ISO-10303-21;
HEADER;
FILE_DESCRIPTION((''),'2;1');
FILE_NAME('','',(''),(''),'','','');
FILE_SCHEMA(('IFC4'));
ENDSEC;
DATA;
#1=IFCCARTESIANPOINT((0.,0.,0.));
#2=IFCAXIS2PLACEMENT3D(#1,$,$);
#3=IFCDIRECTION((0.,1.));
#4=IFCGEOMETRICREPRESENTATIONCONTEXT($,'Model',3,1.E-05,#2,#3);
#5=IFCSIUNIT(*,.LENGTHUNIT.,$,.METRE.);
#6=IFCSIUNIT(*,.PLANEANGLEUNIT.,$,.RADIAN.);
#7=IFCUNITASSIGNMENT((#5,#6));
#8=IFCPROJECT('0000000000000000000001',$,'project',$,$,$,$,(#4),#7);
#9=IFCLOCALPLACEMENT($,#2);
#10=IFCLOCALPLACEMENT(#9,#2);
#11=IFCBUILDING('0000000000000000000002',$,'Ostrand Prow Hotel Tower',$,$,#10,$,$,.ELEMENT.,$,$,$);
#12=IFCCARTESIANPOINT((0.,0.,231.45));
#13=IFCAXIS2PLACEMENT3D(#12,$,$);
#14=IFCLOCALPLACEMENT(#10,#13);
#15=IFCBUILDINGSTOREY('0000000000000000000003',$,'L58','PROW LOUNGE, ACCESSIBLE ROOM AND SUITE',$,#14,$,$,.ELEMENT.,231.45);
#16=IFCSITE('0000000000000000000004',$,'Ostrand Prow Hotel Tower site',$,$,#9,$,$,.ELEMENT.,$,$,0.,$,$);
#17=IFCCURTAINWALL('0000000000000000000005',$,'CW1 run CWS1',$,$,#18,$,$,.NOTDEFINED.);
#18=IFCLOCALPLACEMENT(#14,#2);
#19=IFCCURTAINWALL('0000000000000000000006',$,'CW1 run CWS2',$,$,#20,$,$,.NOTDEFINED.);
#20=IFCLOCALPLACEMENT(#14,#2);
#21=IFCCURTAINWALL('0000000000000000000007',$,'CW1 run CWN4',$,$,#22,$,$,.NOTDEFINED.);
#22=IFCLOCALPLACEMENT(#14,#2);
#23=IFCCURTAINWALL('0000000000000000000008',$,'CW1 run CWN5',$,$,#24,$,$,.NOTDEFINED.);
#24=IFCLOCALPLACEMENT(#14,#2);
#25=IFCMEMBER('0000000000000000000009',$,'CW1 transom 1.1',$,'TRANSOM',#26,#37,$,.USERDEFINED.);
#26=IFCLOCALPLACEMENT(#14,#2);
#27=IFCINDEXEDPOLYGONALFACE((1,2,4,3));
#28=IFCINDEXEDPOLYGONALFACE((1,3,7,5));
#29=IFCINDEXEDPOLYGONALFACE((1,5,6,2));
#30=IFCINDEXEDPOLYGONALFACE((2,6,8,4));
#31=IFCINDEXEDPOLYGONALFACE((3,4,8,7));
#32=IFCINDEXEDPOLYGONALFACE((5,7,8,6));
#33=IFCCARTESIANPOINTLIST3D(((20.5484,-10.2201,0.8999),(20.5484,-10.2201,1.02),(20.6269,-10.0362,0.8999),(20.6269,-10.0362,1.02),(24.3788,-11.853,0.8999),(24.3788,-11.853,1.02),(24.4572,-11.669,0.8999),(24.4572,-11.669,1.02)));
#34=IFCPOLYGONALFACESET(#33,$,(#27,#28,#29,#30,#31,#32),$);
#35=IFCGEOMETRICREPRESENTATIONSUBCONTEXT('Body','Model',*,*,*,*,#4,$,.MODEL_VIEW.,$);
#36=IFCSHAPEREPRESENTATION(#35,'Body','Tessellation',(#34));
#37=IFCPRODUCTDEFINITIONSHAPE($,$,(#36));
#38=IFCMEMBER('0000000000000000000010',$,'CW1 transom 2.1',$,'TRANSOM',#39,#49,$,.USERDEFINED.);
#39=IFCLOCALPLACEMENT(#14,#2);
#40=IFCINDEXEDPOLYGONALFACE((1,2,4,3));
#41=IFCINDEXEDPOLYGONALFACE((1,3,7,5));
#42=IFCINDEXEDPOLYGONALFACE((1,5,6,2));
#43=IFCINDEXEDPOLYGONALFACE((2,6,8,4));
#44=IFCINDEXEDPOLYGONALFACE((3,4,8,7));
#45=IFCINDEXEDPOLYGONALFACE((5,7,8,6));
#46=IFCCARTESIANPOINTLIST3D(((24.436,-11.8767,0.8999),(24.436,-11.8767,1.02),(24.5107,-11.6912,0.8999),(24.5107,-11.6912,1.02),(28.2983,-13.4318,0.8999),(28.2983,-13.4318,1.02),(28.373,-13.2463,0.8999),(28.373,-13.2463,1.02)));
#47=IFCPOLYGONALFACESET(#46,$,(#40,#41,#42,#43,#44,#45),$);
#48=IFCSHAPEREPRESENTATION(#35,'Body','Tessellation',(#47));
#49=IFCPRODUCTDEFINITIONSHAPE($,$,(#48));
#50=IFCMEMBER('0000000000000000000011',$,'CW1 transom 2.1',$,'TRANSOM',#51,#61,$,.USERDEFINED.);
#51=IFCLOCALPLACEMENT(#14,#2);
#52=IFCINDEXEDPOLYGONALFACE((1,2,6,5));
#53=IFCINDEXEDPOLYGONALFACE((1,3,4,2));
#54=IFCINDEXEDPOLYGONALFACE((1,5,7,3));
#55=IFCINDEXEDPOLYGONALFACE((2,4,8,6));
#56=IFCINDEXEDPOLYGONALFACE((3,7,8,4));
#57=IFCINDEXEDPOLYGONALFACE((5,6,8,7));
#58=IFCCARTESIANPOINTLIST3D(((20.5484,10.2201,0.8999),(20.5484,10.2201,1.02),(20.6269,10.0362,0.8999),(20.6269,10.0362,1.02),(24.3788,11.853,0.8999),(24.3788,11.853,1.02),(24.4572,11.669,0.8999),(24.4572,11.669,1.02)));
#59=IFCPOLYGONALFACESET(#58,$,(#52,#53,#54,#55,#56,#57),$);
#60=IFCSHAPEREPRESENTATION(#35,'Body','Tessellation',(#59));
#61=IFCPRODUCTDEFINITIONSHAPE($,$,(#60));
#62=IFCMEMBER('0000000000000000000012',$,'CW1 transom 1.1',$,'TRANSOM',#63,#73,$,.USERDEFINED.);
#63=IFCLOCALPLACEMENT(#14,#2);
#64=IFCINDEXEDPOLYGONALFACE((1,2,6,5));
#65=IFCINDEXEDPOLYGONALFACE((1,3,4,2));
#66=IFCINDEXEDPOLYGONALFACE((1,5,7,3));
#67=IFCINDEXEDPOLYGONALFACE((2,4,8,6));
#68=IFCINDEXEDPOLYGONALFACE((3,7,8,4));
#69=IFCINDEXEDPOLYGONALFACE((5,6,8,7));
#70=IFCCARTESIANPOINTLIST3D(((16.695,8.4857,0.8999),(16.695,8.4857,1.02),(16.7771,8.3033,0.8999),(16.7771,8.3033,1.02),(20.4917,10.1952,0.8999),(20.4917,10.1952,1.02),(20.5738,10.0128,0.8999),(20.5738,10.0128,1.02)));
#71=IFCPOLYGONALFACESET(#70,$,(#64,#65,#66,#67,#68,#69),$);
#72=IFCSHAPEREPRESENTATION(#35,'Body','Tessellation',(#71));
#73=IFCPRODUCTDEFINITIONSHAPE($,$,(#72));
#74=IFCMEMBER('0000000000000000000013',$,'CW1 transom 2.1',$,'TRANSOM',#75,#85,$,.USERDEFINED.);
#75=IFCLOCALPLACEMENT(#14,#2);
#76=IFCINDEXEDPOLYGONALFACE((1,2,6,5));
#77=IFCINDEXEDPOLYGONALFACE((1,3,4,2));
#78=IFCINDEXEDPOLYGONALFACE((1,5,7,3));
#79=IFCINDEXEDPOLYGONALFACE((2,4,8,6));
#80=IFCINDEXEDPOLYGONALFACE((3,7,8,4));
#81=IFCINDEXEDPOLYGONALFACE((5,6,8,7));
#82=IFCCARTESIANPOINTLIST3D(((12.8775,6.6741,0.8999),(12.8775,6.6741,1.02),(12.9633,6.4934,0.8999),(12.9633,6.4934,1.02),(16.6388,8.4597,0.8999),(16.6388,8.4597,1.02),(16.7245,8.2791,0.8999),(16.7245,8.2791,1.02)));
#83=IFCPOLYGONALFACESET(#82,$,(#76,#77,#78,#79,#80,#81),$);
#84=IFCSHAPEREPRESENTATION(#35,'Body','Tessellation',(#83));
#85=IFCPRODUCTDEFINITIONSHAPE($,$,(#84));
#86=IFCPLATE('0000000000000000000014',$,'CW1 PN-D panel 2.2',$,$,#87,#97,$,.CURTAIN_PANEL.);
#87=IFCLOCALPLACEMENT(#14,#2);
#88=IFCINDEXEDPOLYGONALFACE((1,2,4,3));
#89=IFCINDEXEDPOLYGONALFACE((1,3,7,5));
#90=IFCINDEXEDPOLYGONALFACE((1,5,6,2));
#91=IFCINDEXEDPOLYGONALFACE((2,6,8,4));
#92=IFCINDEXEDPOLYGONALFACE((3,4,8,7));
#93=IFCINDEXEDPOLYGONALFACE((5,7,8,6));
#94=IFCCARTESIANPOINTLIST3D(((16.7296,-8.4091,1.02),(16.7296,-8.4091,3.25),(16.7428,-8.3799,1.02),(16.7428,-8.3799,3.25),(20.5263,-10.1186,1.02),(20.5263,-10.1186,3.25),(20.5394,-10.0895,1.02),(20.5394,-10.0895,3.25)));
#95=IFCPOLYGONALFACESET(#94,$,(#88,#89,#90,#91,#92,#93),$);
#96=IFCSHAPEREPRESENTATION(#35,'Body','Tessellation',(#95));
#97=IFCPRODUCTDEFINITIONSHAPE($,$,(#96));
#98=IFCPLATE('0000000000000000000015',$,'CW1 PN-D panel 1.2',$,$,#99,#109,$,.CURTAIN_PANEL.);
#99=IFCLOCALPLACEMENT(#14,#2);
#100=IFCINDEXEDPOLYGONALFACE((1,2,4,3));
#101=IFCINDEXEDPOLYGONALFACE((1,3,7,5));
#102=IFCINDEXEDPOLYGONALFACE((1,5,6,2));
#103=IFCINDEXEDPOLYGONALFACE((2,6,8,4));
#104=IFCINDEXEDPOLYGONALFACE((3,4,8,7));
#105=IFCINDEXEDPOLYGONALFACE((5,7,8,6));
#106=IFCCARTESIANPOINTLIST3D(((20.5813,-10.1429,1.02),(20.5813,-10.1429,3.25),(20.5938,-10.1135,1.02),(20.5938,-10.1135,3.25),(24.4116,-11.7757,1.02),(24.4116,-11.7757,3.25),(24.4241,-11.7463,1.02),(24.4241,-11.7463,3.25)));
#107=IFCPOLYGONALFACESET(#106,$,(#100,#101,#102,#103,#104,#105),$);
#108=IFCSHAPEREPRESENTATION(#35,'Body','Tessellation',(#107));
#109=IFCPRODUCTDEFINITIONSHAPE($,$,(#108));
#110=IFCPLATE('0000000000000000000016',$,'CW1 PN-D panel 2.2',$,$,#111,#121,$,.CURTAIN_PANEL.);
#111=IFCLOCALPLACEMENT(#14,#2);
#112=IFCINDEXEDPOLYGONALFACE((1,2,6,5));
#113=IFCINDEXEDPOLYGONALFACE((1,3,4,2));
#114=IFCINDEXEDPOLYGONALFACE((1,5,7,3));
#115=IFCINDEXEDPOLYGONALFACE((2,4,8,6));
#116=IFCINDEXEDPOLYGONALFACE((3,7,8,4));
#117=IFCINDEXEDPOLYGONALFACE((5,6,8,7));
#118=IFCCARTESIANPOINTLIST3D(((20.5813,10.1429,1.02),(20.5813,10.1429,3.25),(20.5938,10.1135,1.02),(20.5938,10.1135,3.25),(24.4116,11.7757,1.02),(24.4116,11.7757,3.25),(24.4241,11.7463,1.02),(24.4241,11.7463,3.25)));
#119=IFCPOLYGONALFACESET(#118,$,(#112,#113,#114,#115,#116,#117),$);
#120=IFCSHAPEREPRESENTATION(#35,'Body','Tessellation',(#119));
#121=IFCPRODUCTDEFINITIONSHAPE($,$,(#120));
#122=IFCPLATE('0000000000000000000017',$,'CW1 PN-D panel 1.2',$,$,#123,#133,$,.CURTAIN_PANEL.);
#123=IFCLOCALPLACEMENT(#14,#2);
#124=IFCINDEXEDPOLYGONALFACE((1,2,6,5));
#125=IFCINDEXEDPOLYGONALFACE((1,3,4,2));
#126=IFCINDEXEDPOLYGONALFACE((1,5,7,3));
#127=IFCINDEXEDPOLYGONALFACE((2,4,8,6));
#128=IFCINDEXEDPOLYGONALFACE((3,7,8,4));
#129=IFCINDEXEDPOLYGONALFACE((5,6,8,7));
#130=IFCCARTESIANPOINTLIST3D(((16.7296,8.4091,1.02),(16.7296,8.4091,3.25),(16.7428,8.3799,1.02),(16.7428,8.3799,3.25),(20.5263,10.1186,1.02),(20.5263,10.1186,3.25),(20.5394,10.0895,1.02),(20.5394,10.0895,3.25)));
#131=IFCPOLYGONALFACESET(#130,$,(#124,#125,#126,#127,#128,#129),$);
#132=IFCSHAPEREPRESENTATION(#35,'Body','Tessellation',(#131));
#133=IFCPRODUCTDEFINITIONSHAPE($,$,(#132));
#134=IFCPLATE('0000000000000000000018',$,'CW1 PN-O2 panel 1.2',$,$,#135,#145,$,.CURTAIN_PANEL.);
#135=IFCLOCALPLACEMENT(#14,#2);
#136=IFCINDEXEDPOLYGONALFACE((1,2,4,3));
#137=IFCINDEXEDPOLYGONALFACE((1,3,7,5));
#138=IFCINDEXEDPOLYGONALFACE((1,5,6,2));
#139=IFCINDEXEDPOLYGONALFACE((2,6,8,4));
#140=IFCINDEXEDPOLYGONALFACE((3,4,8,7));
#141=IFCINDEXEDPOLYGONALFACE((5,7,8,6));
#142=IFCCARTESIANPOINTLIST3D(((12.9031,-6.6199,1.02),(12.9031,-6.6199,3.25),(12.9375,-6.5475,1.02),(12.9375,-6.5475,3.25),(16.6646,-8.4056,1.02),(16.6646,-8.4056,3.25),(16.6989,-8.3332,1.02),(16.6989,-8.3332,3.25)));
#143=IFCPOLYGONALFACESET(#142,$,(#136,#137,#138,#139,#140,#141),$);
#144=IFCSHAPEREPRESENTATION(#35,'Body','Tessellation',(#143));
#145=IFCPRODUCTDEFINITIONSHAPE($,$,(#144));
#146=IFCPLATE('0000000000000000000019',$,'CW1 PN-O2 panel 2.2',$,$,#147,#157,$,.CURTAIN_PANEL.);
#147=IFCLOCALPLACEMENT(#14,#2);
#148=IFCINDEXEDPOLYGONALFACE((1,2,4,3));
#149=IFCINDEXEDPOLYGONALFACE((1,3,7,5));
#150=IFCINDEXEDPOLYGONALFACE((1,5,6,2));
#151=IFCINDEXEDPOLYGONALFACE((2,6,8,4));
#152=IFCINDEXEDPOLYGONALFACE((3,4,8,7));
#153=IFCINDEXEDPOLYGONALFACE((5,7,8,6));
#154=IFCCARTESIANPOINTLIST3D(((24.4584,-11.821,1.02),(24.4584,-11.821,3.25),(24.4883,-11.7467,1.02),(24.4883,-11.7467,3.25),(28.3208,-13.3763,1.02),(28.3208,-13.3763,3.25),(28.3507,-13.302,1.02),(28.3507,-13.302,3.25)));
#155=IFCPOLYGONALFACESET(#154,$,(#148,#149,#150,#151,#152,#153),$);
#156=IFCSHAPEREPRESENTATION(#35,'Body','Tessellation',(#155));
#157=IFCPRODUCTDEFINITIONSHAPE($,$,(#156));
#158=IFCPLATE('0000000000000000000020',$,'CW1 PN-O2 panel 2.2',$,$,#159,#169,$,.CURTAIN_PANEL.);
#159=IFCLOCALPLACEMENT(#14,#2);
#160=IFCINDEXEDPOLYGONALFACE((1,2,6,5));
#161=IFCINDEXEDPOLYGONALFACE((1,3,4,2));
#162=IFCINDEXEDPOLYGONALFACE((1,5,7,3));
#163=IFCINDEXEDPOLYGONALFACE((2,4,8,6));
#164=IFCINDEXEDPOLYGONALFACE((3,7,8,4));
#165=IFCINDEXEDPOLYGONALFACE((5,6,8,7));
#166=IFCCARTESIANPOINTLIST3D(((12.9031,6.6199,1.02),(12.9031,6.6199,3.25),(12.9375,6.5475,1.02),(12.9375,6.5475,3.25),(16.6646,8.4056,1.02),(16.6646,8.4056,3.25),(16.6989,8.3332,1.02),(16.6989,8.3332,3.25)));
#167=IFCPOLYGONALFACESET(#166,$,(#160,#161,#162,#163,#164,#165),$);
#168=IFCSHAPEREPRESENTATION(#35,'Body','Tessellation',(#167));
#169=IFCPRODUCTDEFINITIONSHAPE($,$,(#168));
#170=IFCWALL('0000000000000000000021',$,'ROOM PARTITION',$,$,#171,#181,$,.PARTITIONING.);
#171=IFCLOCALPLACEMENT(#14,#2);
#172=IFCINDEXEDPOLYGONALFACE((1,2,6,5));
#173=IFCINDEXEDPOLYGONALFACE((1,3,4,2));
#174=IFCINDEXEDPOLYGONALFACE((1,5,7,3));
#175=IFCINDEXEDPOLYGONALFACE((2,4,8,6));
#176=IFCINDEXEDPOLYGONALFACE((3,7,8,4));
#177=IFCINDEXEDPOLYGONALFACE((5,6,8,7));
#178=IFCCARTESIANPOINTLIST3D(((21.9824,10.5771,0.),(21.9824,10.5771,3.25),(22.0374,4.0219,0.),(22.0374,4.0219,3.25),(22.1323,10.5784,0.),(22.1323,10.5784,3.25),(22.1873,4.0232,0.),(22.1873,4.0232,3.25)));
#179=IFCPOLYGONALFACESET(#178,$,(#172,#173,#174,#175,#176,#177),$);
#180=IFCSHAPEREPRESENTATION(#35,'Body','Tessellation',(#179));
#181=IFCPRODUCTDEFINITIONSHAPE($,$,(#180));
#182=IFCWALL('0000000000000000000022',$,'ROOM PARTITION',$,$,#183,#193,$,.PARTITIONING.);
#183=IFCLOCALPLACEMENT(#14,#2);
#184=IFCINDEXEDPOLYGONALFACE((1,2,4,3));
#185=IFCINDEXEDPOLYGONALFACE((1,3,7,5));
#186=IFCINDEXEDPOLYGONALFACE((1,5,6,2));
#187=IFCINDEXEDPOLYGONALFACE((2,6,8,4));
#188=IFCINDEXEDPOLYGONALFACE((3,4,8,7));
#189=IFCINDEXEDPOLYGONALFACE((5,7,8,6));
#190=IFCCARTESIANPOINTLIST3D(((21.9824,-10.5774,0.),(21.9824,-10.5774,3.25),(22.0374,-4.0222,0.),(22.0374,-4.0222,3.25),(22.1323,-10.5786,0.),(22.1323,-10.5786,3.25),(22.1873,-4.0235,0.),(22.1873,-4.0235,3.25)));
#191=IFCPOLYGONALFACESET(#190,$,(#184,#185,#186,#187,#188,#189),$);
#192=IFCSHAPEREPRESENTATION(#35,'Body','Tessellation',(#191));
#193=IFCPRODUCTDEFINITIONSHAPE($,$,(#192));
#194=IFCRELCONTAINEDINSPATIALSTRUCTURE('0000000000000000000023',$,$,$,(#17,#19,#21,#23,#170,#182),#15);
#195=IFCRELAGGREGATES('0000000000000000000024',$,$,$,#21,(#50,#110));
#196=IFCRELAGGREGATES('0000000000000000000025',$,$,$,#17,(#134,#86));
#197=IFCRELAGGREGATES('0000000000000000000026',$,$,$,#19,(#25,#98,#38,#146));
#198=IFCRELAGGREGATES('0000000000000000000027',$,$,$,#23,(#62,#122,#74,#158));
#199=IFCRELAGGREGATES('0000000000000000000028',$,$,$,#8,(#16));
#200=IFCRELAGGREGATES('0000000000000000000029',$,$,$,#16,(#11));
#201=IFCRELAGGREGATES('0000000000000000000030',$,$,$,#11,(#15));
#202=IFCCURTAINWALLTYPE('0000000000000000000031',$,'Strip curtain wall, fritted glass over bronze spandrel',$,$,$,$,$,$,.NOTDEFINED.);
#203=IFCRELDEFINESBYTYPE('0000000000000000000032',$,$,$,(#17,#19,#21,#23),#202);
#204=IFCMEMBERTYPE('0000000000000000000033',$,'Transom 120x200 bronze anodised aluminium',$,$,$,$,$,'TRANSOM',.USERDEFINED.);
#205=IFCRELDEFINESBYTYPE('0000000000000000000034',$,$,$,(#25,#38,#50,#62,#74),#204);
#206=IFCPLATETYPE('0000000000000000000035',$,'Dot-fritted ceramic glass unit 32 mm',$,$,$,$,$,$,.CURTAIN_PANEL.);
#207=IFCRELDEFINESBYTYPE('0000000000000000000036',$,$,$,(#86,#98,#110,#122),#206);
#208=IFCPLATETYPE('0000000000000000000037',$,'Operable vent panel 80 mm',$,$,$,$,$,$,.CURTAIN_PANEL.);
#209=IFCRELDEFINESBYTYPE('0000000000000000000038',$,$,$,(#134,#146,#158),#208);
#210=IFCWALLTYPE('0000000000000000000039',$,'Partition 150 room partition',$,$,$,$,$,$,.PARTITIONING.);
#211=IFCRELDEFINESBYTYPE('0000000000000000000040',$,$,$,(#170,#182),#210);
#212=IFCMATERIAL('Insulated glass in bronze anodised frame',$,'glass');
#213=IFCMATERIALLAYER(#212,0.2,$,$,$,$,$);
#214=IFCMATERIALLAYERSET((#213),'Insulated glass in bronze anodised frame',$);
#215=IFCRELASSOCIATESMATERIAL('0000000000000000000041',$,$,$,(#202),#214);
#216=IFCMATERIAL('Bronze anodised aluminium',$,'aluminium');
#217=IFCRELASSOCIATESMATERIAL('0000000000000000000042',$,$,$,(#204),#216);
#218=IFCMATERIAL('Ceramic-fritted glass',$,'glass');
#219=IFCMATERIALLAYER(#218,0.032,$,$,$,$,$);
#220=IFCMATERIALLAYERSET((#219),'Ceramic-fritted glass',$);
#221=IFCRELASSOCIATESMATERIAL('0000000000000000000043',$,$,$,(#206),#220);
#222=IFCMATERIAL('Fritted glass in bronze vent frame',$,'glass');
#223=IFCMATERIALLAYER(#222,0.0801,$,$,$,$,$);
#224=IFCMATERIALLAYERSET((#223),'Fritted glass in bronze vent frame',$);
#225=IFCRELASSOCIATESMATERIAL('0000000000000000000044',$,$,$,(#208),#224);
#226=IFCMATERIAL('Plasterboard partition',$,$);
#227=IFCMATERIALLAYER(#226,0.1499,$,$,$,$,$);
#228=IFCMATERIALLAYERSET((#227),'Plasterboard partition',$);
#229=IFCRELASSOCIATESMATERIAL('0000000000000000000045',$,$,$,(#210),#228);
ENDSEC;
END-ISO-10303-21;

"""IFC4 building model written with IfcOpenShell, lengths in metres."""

from ifc_helpers import new_model, si_unit, direction, frame, frame_2d, origin, origin_2d, place, context, subcontext, project, spatial, rectangle, extrude, material, layer, layer_set, material_profile, profile_set, type_object, element, aggregate, save


model = new_model("IFC4")

# Units and contexts
model_context = context("Model", 3, precision=1e-05, world=origin(), true_north=direction((0.0, 1.0)))
body_context = subcontext(model_context, "Body", "Model", "MODEL_VIEW")
ifc_project = project(units=[si_unit("LENGTHUNIT", "METRE"), si_unit("PLANEANGLEUNIT", "RADIAN")], contexts=[model_context])

# Site, building, storey
site_placement = place(None, origin())
site = spatial("IfcSite", under=ifc_project, at=site_placement, Name="Ostrand Prow Hotel Tower site", CompositionType="ELEMENT", RefElevation=0.0)
building_placement = place(site_placement, origin())
building = spatial("IfcBuilding", under=site, at=building_placement, Name="Ostrand Prow Hotel Tower", CompositionType="ELEMENT")
storey_placement = place(building_placement, frame((0.0, 0.0, 231.45)))
storey = spatial("IfcBuildingStorey", under=building, at=storey_placement, Name="L58", Description="PROW LOUNGE, ACCESSIBLE ROOM AND SUITE", CompositionType="ELEMENT", Elevation=231.45)

# Curtain wall
ifc_material_1 = material(Name="Insulated glass in bronze anodised frame", Category="glass")
ifc_layer_1 = layer(ifc_material_1, 0.2)
ifc_layer_set_1 = layer_set([ifc_layer_1], Name="Insulated glass in bronze anodised frame")
curtain_wall_type = type_object("IfcCurtainWallType", Name="Strip curtain wall, fritted glass over bronze spandrel", PredefinedType="NOTDEFINED", material=ifc_layer_set_1)
curtain_wall_1_placement = place(storey_placement, origin())
curtain_wall_1 = element("IfcCurtainWall", 1, at=curtain_wall_1_placement, inside=storey, type_object=curtain_wall_type, Name="CW1 run CWS1", PredefinedType="NOTDEFINED")

# Curtain wall
curtain_wall_2_placement = place(storey_placement, origin())
curtain_wall_2 = element("IfcCurtainWall", 2, at=curtain_wall_2_placement, inside=storey, type_object=curtain_wall_type, Name="CW1 run CWS2", PredefinedType="NOTDEFINED")

# Curtain wall
curtain_wall_3_placement = place(storey_placement, origin())
curtain_wall_3 = element("IfcCurtainWall", 3, at=curtain_wall_3_placement, inside=storey, type_object=curtain_wall_type, Name="CW1 run CWN4", PredefinedType="NOTDEFINED")

# Curtain wall
curtain_wall_4_placement = place(storey_placement, origin())
curtain_wall_4 = element("IfcCurtainWall", 4, at=curtain_wall_4_placement, inside=storey, type_object=curtain_wall_type, Name="CW1 run CWN5", PredefinedType="NOTDEFINED")

# Members
ifc_material_2 = material(Name="Bronze anodised aluminium", Category="aluminium")
ifc_material_profile_1 = material_profile(ifc_material_2, rectangle(XDim=0.2, YDim=0.1201, at=origin_2d()), Name="Transom 120x200 bronze anodised aluminium")
ifc_profile_set_1 = profile_set([ifc_material_profile_1], Name="Bronze anodised aluminium")
member_type_1 = type_object("IfcMemberType", Name="Transom 120x200 bronze anodised aluminium", ElementType="TRANSOM", PredefinedType="USERDEFINED", material=ifc_profile_set_1)
member_1_placement = place(storey_placement, frame((20.5876, -10.1282, 0.96), z_axis=(0.919905, -0.392142, 0.0), x_axis=(0.392142, 0.919905, 0.0)))
member_1 = element("IfcMember", 5, at=member_1_placement, type_object=member_type_1, Name="CW1 transom 1.1", ObjectType="TRANSOM", PredefinedType="USERDEFINED", context=body_context, shape_type="SweptSolid", body=[
    extrude(rectangle(XDim=0.2, YDim=0.1201, at=origin_2d()), origin(), (0.0, 0.0, 1.0), 4.1638),
])
member_2_placement = place(storey_placement, frame((24.4734, -11.7839, 0.96), z_axis=(0.927625, -0.373513, 0.0), x_axis=(0.373513, 0.927625, 0.0)))
member_2 = element("IfcMember", 6, at=member_2_placement, type_object=member_type_1, Name="CW1 transom 2.1", ObjectType="TRANSOM", PredefinedType="USERDEFINED", context=body_context, shape_type="SweptSolid", body=[
    extrude(rectangle(XDim=0.2, YDim=0.1201, at=origin_2d()), origin(), (0.0, 0.0, 1.0), 4.1636),
])
member_3_placement = place(storey_placement, frame((24.418, 11.761, 0.96), z_axis=(-0.919905, -0.392142, 0.0), x_axis=(0.392142, -0.919905, 0.0)))
member_3 = element("IfcMember", 7, at=member_3_placement, type_object=member_type_1, Name="CW1 transom 2.1", ObjectType="TRANSOM", PredefinedType="USERDEFINED", context=body_context, shape_type="SweptSolid", body=[
    extrude(rectangle(XDim=0.2, YDim=0.1201, at=origin_2d()), origin(), (0.0, 0.0, 1.0), 4.1638),
])
member_4_placement = place(storey_placement, frame((20.5327, 10.104, 0.96), z_axis=(-0.911833, -0.410562, 0.0), x_axis=(0.410562, -0.911833, 0.0)))
member_4 = element("IfcMember", 8, at=member_4_placement, type_object=member_type_1, Name="CW1 transom 1.1", ObjectType="TRANSOM", PredefinedType="USERDEFINED", context=body_context, shape_type="SweptSolid", body=[
    extrude(rectangle(XDim=0.2, YDim=0.1201, at=origin_2d()), origin(), (0.0, 0.0, 1.0), 4.1638),
])
member_5_placement = place(storey_placement, frame((16.6816, 8.3694, 0.96), z_axis=(-0.903365, -0.428873, 0.0), x_axis=(0.428873, -0.903365, 0.0)))
member_5 = element("IfcMember", 9, at=member_5_placement, type_object=member_type_1, Name="CW1 transom 2.1", ObjectType="TRANSOM", PredefinedType="USERDEFINED", context=body_context, shape_type="SweptSolid", body=[
    extrude(rectangle(XDim=0.2, YDim=0.1201, at=origin_2d()), origin(), (0.0, 0.0, 1.0), 4.1636),
])

# Plates
ifc_material_3 = material(Name="Ceramic-fritted glass", Category="glass")
ifc_layer_2 = layer(ifc_material_3, 0.032)
ifc_layer_set_2 = layer_set([ifc_layer_2], Name="Ceramic-fritted glass")
plate_type_1 = type_object("IfcPlateType", Name="Dot-fritted ceramic glass unit 32 mm", PredefinedType="CURTAIN_PANEL", material=ifc_layer_set_2)
plate_1_placement = place(storey_placement, frame((18.6345, -9.2493, 1.02), z_axis=(0.0, 0.0, 1.0), x_axis=(0.911824, -0.410582, 0.0)))
plate_1 = element("IfcPlate", 10, at=plate_1_placement, type_object=plate_type_1, Name="CW1 PN-D panel 2.2", PredefinedType="CURTAIN_PANEL", context=body_context, shape_type="SweptSolid", body=[
    extrude(rectangle(XDim=4.1638, YDim=0.032, at=origin_2d()), origin(), (0.0, 0.0, 1.0), 2.23),
])
plate_2_placement = place(storey_placement, frame((22.5027, -10.9446, 1.02), z_axis=(0.0, 0.0, 1.0), x_axis=(0.919907, -0.392136, 0.0)))
plate_2 = element("IfcPlate", 11, at=plate_2_placement, type_object=plate_type_1, Name="CW1 PN-D panel 1.2", PredefinedType="CURTAIN_PANEL", context=body_context, shape_type="SweptSolid", body=[
    extrude(rectangle(XDim=4.1638, YDim=0.032, at=origin_2d()), origin(), (0.0, 0.0, 1.0), 2.23),
])
plate_3_placement = place(storey_placement, frame((22.5027, 10.9446, 1.02), z_axis=(0.0, 0.0, 1.0), x_axis=(-0.919907, -0.392136, 0.0)))
plate_3 = element("IfcPlate", 12, at=plate_3_placement, type_object=plate_type_1, Name="CW1 PN-D panel 2.2", PredefinedType="CURTAIN_PANEL", context=body_context, shape_type="SweptSolid", body=[
    extrude(rectangle(XDim=4.1638, YDim=0.032, at=origin_2d()), origin(), (0.0, 0.0, 1.0), 2.23),
])
aggregate(curtain_wall_3, [member_3, plate_3])
plate_4_placement = place(storey_placement, frame((18.6345, 9.2493, 1.02), z_axis=(0.0, 0.0, 1.0), x_axis=(-0.911824, -0.410582, 0.0)))
plate_4 = element("IfcPlate", 13, at=plate_4_placement, type_object=plate_type_1, Name="CW1 PN-D panel 1.2", PredefinedType="CURTAIN_PANEL", context=body_context, shape_type="SweptSolid", body=[
    extrude(rectangle(XDim=4.1638, YDim=0.032, at=origin_2d()), origin(), (0.0, 0.0, 1.0), 2.23),
])
ifc_material_4 = material(Name="Fritted glass in bronze vent frame", Category="glass")
ifc_layer_3 = layer(ifc_material_4, 0.0801)
ifc_layer_set_3 = layer_set([ifc_layer_3], Name="Fritted glass in bronze vent frame")
plate_type_2 = type_object("IfcPlateType", Name="Operable vent panel 80 mm", PredefinedType="CURTAIN_PANEL", material=ifc_layer_set_3)
plate_5_placement = place(storey_placement, frame((14.801, -7.4766, 1.02), z_axis=(0.0, 0.0, 1.0), x_axis=(0.90337, -0.428861, 0.0)))
plate_5 = element("IfcPlate", 14, at=plate_5_placement, type_object=plate_type_2, Name="CW1 PN-O2 panel 1.2", PredefinedType="CURTAIN_PANEL", context=body_context, shape_type="SweptSolid", body=[
    extrude(rectangle(XDim=4.1638, YDim=0.0801, at=origin_2d()), origin(), (0.0, 0.0, 1.0), 2.23),
])
aggregate(curtain_wall_1, [plate_5, plate_1])
plate_6_placement = place(storey_placement, frame((26.4045, -12.5615, 1.02), z_axis=(0.0, 0.0, 1.0), x_axis=(0.927617, -0.373533, 0.0)))
plate_6 = element("IfcPlate", 15, at=plate_6_placement, type_object=plate_type_2, Name="CW1 PN-O2 panel 2.2", PredefinedType="CURTAIN_PANEL", context=body_context, shape_type="SweptSolid", body=[
    extrude(rectangle(XDim=4.1638, YDim=0.0801, at=origin_2d()), origin(), (0.0, 0.0, 1.0), 2.23),
])
aggregate(curtain_wall_2, [member_1, plate_2, member_2, plate_6])
plate_7_placement = place(storey_placement, frame((14.801, 7.4766, 1.02), z_axis=(0.0, 0.0, 1.0), x_axis=(-0.90337, -0.428861, 0.0)))
plate_7 = element("IfcPlate", 16, at=plate_7_placement, type_object=plate_type_2, Name="CW1 PN-O2 panel 2.2", PredefinedType="CURTAIN_PANEL", context=body_context, shape_type="SweptSolid", body=[
    extrude(rectangle(XDim=4.1638, YDim=0.0801, at=origin_2d()), origin(), (0.0, 0.0, 1.0), 2.23),
])
aggregate(curtain_wall_4, [member_4, plate_4, member_5, plate_7])

# Walls
ifc_material_5 = material(Name="Plasterboard partition")
ifc_layer_4 = layer(ifc_material_5, 0.1499)
ifc_layer_set_4 = layer_set([ifc_layer_4], Name="Plasterboard partition")
wall_type_1 = type_object("IfcWallType", Name="Partition 150 room partition", PredefinedType="PARTITIONING", material=ifc_layer_set_4)
for number, where, z_axis, x_axis, name in (
    (17, (22.0574, 10.5779, 0.0), (0.0, 0.0, 1.0), (0.00838, -0.999965, 0.0), "ROOM PARTITION"),
    (18, (22.1123, -4.0227, 0.0), (0.0, 0.0, 1.0), (-0.00838, -0.999965, 0.0), "ROOM PARTITION"),
):
    element("IfcWall", number, at=place(storey_placement, frame(where, z_axis=z_axis, x_axis=x_axis)), inside=storey, type_object=wall_type_1, Name=name, PredefinedType="PARTITIONING", context=body_context, shape_type="SweptSolid", body=[
        extrude(rectangle(XDim=6.5554, YDim=0.1499, at=frame_2d((3.2778, 0.0))), origin(), (0.0, 0.0, 1.0), 3.25),
    ])

save(model, "model.ifc")
